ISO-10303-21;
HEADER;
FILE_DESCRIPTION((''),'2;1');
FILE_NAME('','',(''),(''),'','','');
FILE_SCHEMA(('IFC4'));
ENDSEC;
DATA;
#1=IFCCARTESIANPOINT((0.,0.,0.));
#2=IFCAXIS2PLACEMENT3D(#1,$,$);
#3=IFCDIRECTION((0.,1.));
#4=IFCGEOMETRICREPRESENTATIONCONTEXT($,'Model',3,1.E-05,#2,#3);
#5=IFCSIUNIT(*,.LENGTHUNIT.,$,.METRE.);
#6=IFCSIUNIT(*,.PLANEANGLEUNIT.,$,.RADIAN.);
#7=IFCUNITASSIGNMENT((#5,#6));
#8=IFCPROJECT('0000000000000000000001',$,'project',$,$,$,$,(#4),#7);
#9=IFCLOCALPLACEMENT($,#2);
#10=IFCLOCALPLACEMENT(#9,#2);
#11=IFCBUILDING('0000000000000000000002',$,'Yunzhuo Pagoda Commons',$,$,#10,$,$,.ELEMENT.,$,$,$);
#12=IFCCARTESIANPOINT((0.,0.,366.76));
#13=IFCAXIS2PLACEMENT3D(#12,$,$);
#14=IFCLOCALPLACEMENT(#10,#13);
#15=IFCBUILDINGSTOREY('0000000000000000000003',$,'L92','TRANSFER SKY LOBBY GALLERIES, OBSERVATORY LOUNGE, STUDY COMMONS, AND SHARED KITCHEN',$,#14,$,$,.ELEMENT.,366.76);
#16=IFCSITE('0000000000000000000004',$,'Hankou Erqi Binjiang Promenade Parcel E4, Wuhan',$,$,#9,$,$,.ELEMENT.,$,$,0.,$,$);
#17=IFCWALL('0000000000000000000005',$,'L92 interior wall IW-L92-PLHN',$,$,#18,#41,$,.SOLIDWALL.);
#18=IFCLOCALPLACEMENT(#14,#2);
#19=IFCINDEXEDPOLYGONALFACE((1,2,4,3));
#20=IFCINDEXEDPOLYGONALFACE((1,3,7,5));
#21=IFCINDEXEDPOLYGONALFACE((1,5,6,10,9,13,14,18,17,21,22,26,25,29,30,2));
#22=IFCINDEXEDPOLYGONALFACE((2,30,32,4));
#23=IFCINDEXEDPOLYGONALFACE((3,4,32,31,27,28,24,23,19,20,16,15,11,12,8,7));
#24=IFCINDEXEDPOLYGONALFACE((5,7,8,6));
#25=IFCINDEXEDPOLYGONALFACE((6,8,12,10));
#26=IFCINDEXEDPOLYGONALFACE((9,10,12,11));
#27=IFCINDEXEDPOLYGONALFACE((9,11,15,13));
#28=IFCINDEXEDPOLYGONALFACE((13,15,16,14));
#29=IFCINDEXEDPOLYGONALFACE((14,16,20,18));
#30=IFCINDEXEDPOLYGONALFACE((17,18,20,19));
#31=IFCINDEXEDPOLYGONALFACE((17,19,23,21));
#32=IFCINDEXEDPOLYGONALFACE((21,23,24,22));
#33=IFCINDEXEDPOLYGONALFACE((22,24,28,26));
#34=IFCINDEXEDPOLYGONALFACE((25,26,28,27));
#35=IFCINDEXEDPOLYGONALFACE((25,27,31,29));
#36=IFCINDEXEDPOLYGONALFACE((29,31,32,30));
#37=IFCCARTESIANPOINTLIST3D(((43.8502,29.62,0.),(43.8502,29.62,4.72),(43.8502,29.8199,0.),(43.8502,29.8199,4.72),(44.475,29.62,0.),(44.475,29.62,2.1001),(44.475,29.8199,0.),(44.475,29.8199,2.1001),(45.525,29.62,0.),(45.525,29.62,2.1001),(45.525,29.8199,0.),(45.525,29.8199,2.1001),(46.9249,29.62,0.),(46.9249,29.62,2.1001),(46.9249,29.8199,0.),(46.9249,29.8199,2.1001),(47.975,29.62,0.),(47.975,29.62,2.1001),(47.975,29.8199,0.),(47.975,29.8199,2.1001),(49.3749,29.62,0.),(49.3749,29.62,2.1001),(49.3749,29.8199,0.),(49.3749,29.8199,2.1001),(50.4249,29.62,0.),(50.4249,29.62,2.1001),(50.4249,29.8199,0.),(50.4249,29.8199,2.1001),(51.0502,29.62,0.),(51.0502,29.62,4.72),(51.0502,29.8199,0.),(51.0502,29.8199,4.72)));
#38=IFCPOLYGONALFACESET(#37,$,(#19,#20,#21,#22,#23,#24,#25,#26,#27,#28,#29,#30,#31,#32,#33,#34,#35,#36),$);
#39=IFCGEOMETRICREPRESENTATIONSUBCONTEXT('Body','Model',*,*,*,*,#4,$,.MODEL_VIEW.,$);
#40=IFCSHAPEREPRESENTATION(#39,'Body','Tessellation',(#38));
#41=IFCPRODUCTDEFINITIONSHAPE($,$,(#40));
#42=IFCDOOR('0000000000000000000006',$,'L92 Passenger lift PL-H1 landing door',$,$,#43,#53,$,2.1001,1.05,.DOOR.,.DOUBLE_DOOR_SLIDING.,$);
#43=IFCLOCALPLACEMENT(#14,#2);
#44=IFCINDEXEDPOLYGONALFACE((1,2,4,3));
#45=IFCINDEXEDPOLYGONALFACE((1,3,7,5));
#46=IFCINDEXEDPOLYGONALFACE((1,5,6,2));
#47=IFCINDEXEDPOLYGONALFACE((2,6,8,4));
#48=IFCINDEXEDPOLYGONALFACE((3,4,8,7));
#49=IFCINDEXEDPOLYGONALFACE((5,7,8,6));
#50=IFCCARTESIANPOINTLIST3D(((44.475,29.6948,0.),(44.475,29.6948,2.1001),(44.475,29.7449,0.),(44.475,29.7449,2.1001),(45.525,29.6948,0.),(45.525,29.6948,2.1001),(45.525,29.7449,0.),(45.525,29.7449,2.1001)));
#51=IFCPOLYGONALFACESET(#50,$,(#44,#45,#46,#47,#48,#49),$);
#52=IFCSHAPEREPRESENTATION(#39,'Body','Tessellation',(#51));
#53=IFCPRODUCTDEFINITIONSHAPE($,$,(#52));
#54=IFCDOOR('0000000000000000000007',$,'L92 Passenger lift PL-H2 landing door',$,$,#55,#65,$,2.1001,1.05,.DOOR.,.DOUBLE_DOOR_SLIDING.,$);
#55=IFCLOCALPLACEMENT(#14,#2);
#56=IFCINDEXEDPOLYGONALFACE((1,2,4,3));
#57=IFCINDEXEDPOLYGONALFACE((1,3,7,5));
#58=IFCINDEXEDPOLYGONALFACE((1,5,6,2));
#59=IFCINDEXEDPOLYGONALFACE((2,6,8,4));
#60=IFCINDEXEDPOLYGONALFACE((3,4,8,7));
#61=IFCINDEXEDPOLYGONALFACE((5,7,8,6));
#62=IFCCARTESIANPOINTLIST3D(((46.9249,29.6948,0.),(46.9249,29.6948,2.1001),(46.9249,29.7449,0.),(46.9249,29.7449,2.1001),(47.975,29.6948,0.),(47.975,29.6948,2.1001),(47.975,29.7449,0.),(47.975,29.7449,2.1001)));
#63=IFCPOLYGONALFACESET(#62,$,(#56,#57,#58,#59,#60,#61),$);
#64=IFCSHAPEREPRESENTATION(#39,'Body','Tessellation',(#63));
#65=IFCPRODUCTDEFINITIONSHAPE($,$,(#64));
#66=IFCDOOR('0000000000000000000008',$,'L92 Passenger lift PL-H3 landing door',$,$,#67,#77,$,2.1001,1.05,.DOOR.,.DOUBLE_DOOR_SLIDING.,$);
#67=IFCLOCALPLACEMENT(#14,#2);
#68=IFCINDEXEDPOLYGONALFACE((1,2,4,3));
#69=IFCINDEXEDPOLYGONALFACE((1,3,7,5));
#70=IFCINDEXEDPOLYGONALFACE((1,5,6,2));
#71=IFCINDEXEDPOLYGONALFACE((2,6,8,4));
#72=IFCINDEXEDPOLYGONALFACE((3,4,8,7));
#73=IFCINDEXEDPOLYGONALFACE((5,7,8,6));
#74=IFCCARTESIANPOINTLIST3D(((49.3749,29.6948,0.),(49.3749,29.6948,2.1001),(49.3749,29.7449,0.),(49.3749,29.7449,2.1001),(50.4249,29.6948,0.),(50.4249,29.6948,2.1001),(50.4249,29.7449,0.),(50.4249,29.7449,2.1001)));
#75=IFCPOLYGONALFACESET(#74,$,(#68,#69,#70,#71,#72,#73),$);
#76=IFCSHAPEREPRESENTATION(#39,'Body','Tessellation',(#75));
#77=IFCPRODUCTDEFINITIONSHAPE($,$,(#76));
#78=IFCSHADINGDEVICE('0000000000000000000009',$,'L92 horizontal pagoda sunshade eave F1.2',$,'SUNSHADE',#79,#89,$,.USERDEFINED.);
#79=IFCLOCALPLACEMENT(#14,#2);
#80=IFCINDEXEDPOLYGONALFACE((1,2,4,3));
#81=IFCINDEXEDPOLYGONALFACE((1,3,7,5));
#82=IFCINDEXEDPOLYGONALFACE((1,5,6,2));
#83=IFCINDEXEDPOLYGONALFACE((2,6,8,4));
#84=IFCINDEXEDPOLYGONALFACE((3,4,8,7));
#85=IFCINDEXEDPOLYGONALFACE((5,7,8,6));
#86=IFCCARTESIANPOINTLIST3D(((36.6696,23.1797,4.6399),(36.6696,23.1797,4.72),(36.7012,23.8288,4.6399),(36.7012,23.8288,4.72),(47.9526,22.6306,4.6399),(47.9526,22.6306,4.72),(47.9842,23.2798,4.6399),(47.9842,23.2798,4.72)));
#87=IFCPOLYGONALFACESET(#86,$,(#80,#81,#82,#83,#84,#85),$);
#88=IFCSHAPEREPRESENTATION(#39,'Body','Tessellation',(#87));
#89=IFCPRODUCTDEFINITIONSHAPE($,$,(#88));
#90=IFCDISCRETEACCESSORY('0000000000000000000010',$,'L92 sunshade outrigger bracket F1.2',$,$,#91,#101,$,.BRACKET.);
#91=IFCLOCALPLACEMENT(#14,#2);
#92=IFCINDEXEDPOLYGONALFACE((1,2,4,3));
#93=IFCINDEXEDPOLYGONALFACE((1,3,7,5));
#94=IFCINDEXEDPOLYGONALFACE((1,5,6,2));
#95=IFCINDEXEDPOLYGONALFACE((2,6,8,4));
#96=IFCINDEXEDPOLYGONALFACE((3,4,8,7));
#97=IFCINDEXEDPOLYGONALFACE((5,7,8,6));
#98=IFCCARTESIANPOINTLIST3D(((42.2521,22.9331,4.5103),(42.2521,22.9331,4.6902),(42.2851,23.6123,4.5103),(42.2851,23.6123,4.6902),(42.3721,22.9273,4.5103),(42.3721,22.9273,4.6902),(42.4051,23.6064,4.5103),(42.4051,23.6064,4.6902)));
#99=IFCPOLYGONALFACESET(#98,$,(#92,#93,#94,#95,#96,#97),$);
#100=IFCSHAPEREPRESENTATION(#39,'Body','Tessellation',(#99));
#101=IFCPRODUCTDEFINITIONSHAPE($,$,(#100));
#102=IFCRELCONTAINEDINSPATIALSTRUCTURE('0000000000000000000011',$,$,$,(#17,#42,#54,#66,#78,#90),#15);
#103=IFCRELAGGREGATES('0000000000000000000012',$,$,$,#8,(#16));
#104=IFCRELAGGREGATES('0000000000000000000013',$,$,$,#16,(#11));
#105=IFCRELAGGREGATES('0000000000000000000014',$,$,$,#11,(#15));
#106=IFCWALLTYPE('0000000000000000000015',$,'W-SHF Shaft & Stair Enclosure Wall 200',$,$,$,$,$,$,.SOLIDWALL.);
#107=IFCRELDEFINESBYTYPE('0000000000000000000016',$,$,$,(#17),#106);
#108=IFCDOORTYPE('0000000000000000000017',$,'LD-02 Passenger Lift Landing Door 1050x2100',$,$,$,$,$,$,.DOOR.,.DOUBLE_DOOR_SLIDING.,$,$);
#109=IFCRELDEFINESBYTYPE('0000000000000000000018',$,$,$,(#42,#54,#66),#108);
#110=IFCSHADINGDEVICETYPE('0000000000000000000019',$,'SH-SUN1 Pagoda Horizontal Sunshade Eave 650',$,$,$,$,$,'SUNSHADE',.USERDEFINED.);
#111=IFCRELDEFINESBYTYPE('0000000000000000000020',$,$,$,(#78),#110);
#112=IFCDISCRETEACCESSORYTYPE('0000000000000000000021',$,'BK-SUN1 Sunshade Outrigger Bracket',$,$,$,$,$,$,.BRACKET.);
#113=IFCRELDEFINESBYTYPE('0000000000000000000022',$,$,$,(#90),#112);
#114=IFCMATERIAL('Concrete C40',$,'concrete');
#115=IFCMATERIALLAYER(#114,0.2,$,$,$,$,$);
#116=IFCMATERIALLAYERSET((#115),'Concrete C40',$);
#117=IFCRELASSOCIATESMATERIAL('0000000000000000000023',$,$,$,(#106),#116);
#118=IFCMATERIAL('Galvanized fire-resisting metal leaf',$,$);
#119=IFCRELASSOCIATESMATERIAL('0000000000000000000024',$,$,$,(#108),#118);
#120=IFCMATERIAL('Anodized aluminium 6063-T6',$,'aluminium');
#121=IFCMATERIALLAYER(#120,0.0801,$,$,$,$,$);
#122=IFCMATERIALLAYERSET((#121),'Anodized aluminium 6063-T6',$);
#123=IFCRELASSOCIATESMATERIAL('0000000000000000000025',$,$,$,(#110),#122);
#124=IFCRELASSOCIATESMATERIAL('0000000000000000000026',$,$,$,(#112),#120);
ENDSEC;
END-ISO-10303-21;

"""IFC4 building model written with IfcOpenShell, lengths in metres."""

from ifc_helpers import new_model, si_unit, direction, frame, frame_2d, origin, origin_with_axes, origin_2d, place, context, subcontext, project, spatial, rectangle, extrude, source, transform, mapped, material, layer, layer_set, type_object, element, fill, save


model = new_model("IFC4")

# Units and contexts
model_context = context("Model", 3, precision=1e-05, world=origin(), true_north=direction((0.0, 1.0)))
body_context = subcontext(model_context, "Body", "Model", "MODEL_VIEW")
ifc_project = project(units=[si_unit("LENGTHUNIT", "METRE"), si_unit("PLANEANGLEUNIT", "RADIAN")], contexts=[model_context])

# Site, building, storey
site_placement = place(None, origin())
site = spatial("IfcSite", under=ifc_project, at=site_placement, Name="Hankou Erqi Binjiang Promenade Parcel E4, Wuhan", CompositionType="ELEMENT", RefElevation=0.0)
building_placement = place(site_placement, origin())
building = spatial("IfcBuilding", under=site, at=building_placement, Name="Yunzhuo Pagoda Commons", CompositionType="ELEMENT")
storey_placement = place(building_placement, frame((0.0, 0.0, 366.76)))
storey = spatial("IfcBuildingStorey", under=building, at=storey_placement, Name="L92", Description="TRANSFER SKY LOBBY GALLERIES, OBSERVATORY LOUNGE, STUDY COMMONS, AND SHARED KITCHEN", CompositionType="ELEMENT", Elevation=366.76)

# Shared definitions
ifc_material_1 = material(Name="Anodized aluminium 6063-T6", Category="aluminium")

# Shared definitions
ifc_material_2 = material(Name="Galvanized fire-resisting metal leaf")

# Shared definitions
ifc_material_3 = material(Name="Concrete C40", Category="concrete")
ifc_layer_1 = layer(ifc_material_3, 0.2)
ifc_layer_set_1 = layer_set([ifc_layer_1], Name="Concrete C40")
wall_type_1 = type_object("IfcWallType", Name="W-SHF Shaft & Stair Enclosure Wall 200", PredefinedType="SOLIDWALL", material=ifc_layer_set_1)
shared_shape_1 = source(origin(), body_context, "Body", "SweptSolid", [
    extrude(rectangle(XDim=1.05, YDim=2.1001, at=frame_2d((0.5249, 1.05))), frame((0.0, 0.0249, 0.0), z_axis=(0.0, -1.0, 0.0), x_axis=(1.0, 0.0, 0.0)), (0.0, 0.0, 1.0), 0.05),
])

# Wall, openings, doors
wall_1_placement = place(storey_placement, frame((43.8501, 29.72, 0.0), z_axis=(0.0, 0.0, 1.0), x_axis=(1.0, 0.0, 0.0)))
wall_1 = element("IfcWall", 1, at=wall_1_placement, inside=storey, type_object=wall_type_1, Name="L92 interior wall IW-L92-PLHN", PredefinedType="SOLIDWALL", context=body_context, shape_type="SweptSolid", body=[
    extrude(rectangle(XDim=7.2, YDim=0.2, at=frame_2d((3.6001, 0.0))), origin(), (0.0, 0.0, 1.0), 4.72),
])
opening_1_placement = place(wall_1_placement, frame((0.625, 0.0, 0.0)))
opening_1 = element("IfcOpeningElement", 2, at=opening_1_placement, cuts=wall_1, PredefinedType="OPENING", context=body_context, shape_type="SweptSolid", body=[
    extrude(rectangle(XDim=1.05, YDim=2.1001, at=frame_2d((0.5249, 1.05))), frame((0.0, 0.1099, 0.0), z_axis=(0.0, -1.0, 0.0), x_axis=(1.0, 0.0, 0.0)), (0.0, 0.0, 1.0), 0.22),
])
opening_2_placement = place(wall_1_placement, frame((3.075, 0.0, 0.0)))
opening_2 = element("IfcOpeningElement", 3, at=opening_2_placement, cuts=wall_1, PredefinedType="OPENING", context=body_context, shape_type="SweptSolid", body=[
    extrude(rectangle(XDim=1.05, YDim=2.1001, at=frame_2d((0.5249, 1.05))), frame((0.0, 0.1099, 0.0), z_axis=(0.0, -1.0, 0.0), x_axis=(1.0, 0.0, 0.0)), (0.0, 0.0, 1.0), 0.22),
])
opening_3_placement = place(wall_1_placement, frame((5.5249, 0.0, 0.0)))
opening_3 = element("IfcOpeningElement", 4, at=opening_3_placement, cuts=wall_1, PredefinedType="OPENING", context=body_context, shape_type="SweptSolid", body=[
    extrude(rectangle(XDim=1.05, YDim=2.1001, at=frame_2d((0.5249, 1.05))), frame((0.0, 0.1099, 0.0), z_axis=(0.0, -1.0, 0.0), x_axis=(1.0, 0.0, 0.0)), (0.0, 0.0, 1.0), 0.22),
])
door_type_1 = type_object("IfcDoorType", Name="LD-02 Passenger Lift Landing Door 1050x2100", OperationType="DOUBLE_DOOR_SLIDING", PredefinedType="DOOR", material=ifc_material_2)
door_1_placement = place(opening_1_placement, origin_with_axes())
door_1 = element("IfcDoor", 5, at=door_1_placement, inside=storey, type_object=door_type_1, Name="L92 Passenger lift PL-H1 landing door", OperationType="DOUBLE_DOOR_SLIDING", OverallHeight=2.1001, OverallWidth=1.05, PredefinedType="DOOR", context=body_context, shape_type="MappedRepresentation", body=[
    mapped(shared_shape_1, transform((0.0, 0.0, 0.0), scale=1.0)),
])
fill(opening_1, door_1)
door_2_placement = place(opening_2_placement, origin_with_axes())
door_2 = element("IfcDoor", 6, at=door_2_placement, inside=storey, type_object=door_type_1, Name="L92 Passenger lift PL-H2 landing door", OperationType="DOUBLE_DOOR_SLIDING", OverallHeight=2.1001, OverallWidth=1.05, PredefinedType="DOOR", context=body_context, shape_type="MappedRepresentation", body=[
    mapped(shared_shape_1, transform((0.0, 0.0, 0.0), scale=1.0)),
])
fill(opening_2, door_2)
door_3_placement = place(opening_3_placement, origin_with_axes())
door_3 = element("IfcDoor", 7, at=door_3_placement, inside=storey, type_object=door_type_1, Name="L92 Passenger lift PL-H3 landing door", OperationType="DOUBLE_DOOR_SLIDING", OverallHeight=2.1001, OverallWidth=1.05, PredefinedType="DOOR", context=body_context, shape_type="MappedRepresentation", body=[
    mapped(shared_shape_1, transform((0.0, 0.0, 0.0), scale=1.0)),
])
fill(opening_3, door_3)

# Shading device
ifc_layer_2 = layer(ifc_material_1, 0.0801)
ifc_layer_set_2 = layer_set([ifc_layer_2], Name="Anodized aluminium 6063-T6")
shading_device_type = type_object("IfcShadingDeviceType", Name="SH-SUN1 Pagoda Horizontal Sunshade Eave 650", ElementType="SUNSHADE", PredefinedType="USERDEFINED", material=ifc_layer_set_2)
shared_shape_2 = source(origin(), body_context, "Body", "SweptSolid", [
    extrude(rectangle(XDim=11.2964, YDim=0.6499, at=origin_2d()), origin(), (0.0, 0.0, 1.0), 0.0801),
])
shading_device_placement = place(storey_placement, frame((42.3269, 23.2297, 4.6399), z_axis=(0.0, 0.0, 1.0), x_axis=(0.998818, -0.048606, 0.0)))
element("IfcShadingDevice", 8, at=shading_device_placement, inside=storey, type_object=shading_device_type, Name="L92 horizontal pagoda sunshade eave F1.2", ObjectType="SUNSHADE", PredefinedType="USERDEFINED", context=body_context, shape_type="MappedRepresentation", body=[
    mapped(shared_shape_2, transform((0.0, 0.0, 0.0), scale=1.0)),
])

# Discrete accessory
discrete_accessory_type = type_object("IfcDiscreteAccessoryType", Name="BK-SUN1 Sunshade Outrigger Bracket", PredefinedType="BRACKET", material=ifc_material_1)
shared_shape_3 = source(origin(), body_context, "Body", "SweptSolid", [
    extrude(rectangle(XDim=0.1201, YDim=0.6799, at=origin_2d()), origin(), (0.0, 0.0, 1.0), 0.1799),
])
discrete_accessory_placement = place(storey_placement, frame((42.3286, 23.2698, 4.5103), z_axis=(0.0, 0.0, 1.0), x_axis=(0.998818, -0.048606, 0.0)))
element("IfcDiscreteAccessory", 9, at=discrete_accessory_placement, inside=storey, type_object=discrete_accessory_type, Name="L92 sunshade outrigger bracket F1.2", PredefinedType="BRACKET", context=body_context, shape_type="MappedRepresentation", body=[
    mapped(shared_shape_3, transform((0.0, 0.0, 0.0), scale=1.0)),
])

save(model, "model.ifc")
